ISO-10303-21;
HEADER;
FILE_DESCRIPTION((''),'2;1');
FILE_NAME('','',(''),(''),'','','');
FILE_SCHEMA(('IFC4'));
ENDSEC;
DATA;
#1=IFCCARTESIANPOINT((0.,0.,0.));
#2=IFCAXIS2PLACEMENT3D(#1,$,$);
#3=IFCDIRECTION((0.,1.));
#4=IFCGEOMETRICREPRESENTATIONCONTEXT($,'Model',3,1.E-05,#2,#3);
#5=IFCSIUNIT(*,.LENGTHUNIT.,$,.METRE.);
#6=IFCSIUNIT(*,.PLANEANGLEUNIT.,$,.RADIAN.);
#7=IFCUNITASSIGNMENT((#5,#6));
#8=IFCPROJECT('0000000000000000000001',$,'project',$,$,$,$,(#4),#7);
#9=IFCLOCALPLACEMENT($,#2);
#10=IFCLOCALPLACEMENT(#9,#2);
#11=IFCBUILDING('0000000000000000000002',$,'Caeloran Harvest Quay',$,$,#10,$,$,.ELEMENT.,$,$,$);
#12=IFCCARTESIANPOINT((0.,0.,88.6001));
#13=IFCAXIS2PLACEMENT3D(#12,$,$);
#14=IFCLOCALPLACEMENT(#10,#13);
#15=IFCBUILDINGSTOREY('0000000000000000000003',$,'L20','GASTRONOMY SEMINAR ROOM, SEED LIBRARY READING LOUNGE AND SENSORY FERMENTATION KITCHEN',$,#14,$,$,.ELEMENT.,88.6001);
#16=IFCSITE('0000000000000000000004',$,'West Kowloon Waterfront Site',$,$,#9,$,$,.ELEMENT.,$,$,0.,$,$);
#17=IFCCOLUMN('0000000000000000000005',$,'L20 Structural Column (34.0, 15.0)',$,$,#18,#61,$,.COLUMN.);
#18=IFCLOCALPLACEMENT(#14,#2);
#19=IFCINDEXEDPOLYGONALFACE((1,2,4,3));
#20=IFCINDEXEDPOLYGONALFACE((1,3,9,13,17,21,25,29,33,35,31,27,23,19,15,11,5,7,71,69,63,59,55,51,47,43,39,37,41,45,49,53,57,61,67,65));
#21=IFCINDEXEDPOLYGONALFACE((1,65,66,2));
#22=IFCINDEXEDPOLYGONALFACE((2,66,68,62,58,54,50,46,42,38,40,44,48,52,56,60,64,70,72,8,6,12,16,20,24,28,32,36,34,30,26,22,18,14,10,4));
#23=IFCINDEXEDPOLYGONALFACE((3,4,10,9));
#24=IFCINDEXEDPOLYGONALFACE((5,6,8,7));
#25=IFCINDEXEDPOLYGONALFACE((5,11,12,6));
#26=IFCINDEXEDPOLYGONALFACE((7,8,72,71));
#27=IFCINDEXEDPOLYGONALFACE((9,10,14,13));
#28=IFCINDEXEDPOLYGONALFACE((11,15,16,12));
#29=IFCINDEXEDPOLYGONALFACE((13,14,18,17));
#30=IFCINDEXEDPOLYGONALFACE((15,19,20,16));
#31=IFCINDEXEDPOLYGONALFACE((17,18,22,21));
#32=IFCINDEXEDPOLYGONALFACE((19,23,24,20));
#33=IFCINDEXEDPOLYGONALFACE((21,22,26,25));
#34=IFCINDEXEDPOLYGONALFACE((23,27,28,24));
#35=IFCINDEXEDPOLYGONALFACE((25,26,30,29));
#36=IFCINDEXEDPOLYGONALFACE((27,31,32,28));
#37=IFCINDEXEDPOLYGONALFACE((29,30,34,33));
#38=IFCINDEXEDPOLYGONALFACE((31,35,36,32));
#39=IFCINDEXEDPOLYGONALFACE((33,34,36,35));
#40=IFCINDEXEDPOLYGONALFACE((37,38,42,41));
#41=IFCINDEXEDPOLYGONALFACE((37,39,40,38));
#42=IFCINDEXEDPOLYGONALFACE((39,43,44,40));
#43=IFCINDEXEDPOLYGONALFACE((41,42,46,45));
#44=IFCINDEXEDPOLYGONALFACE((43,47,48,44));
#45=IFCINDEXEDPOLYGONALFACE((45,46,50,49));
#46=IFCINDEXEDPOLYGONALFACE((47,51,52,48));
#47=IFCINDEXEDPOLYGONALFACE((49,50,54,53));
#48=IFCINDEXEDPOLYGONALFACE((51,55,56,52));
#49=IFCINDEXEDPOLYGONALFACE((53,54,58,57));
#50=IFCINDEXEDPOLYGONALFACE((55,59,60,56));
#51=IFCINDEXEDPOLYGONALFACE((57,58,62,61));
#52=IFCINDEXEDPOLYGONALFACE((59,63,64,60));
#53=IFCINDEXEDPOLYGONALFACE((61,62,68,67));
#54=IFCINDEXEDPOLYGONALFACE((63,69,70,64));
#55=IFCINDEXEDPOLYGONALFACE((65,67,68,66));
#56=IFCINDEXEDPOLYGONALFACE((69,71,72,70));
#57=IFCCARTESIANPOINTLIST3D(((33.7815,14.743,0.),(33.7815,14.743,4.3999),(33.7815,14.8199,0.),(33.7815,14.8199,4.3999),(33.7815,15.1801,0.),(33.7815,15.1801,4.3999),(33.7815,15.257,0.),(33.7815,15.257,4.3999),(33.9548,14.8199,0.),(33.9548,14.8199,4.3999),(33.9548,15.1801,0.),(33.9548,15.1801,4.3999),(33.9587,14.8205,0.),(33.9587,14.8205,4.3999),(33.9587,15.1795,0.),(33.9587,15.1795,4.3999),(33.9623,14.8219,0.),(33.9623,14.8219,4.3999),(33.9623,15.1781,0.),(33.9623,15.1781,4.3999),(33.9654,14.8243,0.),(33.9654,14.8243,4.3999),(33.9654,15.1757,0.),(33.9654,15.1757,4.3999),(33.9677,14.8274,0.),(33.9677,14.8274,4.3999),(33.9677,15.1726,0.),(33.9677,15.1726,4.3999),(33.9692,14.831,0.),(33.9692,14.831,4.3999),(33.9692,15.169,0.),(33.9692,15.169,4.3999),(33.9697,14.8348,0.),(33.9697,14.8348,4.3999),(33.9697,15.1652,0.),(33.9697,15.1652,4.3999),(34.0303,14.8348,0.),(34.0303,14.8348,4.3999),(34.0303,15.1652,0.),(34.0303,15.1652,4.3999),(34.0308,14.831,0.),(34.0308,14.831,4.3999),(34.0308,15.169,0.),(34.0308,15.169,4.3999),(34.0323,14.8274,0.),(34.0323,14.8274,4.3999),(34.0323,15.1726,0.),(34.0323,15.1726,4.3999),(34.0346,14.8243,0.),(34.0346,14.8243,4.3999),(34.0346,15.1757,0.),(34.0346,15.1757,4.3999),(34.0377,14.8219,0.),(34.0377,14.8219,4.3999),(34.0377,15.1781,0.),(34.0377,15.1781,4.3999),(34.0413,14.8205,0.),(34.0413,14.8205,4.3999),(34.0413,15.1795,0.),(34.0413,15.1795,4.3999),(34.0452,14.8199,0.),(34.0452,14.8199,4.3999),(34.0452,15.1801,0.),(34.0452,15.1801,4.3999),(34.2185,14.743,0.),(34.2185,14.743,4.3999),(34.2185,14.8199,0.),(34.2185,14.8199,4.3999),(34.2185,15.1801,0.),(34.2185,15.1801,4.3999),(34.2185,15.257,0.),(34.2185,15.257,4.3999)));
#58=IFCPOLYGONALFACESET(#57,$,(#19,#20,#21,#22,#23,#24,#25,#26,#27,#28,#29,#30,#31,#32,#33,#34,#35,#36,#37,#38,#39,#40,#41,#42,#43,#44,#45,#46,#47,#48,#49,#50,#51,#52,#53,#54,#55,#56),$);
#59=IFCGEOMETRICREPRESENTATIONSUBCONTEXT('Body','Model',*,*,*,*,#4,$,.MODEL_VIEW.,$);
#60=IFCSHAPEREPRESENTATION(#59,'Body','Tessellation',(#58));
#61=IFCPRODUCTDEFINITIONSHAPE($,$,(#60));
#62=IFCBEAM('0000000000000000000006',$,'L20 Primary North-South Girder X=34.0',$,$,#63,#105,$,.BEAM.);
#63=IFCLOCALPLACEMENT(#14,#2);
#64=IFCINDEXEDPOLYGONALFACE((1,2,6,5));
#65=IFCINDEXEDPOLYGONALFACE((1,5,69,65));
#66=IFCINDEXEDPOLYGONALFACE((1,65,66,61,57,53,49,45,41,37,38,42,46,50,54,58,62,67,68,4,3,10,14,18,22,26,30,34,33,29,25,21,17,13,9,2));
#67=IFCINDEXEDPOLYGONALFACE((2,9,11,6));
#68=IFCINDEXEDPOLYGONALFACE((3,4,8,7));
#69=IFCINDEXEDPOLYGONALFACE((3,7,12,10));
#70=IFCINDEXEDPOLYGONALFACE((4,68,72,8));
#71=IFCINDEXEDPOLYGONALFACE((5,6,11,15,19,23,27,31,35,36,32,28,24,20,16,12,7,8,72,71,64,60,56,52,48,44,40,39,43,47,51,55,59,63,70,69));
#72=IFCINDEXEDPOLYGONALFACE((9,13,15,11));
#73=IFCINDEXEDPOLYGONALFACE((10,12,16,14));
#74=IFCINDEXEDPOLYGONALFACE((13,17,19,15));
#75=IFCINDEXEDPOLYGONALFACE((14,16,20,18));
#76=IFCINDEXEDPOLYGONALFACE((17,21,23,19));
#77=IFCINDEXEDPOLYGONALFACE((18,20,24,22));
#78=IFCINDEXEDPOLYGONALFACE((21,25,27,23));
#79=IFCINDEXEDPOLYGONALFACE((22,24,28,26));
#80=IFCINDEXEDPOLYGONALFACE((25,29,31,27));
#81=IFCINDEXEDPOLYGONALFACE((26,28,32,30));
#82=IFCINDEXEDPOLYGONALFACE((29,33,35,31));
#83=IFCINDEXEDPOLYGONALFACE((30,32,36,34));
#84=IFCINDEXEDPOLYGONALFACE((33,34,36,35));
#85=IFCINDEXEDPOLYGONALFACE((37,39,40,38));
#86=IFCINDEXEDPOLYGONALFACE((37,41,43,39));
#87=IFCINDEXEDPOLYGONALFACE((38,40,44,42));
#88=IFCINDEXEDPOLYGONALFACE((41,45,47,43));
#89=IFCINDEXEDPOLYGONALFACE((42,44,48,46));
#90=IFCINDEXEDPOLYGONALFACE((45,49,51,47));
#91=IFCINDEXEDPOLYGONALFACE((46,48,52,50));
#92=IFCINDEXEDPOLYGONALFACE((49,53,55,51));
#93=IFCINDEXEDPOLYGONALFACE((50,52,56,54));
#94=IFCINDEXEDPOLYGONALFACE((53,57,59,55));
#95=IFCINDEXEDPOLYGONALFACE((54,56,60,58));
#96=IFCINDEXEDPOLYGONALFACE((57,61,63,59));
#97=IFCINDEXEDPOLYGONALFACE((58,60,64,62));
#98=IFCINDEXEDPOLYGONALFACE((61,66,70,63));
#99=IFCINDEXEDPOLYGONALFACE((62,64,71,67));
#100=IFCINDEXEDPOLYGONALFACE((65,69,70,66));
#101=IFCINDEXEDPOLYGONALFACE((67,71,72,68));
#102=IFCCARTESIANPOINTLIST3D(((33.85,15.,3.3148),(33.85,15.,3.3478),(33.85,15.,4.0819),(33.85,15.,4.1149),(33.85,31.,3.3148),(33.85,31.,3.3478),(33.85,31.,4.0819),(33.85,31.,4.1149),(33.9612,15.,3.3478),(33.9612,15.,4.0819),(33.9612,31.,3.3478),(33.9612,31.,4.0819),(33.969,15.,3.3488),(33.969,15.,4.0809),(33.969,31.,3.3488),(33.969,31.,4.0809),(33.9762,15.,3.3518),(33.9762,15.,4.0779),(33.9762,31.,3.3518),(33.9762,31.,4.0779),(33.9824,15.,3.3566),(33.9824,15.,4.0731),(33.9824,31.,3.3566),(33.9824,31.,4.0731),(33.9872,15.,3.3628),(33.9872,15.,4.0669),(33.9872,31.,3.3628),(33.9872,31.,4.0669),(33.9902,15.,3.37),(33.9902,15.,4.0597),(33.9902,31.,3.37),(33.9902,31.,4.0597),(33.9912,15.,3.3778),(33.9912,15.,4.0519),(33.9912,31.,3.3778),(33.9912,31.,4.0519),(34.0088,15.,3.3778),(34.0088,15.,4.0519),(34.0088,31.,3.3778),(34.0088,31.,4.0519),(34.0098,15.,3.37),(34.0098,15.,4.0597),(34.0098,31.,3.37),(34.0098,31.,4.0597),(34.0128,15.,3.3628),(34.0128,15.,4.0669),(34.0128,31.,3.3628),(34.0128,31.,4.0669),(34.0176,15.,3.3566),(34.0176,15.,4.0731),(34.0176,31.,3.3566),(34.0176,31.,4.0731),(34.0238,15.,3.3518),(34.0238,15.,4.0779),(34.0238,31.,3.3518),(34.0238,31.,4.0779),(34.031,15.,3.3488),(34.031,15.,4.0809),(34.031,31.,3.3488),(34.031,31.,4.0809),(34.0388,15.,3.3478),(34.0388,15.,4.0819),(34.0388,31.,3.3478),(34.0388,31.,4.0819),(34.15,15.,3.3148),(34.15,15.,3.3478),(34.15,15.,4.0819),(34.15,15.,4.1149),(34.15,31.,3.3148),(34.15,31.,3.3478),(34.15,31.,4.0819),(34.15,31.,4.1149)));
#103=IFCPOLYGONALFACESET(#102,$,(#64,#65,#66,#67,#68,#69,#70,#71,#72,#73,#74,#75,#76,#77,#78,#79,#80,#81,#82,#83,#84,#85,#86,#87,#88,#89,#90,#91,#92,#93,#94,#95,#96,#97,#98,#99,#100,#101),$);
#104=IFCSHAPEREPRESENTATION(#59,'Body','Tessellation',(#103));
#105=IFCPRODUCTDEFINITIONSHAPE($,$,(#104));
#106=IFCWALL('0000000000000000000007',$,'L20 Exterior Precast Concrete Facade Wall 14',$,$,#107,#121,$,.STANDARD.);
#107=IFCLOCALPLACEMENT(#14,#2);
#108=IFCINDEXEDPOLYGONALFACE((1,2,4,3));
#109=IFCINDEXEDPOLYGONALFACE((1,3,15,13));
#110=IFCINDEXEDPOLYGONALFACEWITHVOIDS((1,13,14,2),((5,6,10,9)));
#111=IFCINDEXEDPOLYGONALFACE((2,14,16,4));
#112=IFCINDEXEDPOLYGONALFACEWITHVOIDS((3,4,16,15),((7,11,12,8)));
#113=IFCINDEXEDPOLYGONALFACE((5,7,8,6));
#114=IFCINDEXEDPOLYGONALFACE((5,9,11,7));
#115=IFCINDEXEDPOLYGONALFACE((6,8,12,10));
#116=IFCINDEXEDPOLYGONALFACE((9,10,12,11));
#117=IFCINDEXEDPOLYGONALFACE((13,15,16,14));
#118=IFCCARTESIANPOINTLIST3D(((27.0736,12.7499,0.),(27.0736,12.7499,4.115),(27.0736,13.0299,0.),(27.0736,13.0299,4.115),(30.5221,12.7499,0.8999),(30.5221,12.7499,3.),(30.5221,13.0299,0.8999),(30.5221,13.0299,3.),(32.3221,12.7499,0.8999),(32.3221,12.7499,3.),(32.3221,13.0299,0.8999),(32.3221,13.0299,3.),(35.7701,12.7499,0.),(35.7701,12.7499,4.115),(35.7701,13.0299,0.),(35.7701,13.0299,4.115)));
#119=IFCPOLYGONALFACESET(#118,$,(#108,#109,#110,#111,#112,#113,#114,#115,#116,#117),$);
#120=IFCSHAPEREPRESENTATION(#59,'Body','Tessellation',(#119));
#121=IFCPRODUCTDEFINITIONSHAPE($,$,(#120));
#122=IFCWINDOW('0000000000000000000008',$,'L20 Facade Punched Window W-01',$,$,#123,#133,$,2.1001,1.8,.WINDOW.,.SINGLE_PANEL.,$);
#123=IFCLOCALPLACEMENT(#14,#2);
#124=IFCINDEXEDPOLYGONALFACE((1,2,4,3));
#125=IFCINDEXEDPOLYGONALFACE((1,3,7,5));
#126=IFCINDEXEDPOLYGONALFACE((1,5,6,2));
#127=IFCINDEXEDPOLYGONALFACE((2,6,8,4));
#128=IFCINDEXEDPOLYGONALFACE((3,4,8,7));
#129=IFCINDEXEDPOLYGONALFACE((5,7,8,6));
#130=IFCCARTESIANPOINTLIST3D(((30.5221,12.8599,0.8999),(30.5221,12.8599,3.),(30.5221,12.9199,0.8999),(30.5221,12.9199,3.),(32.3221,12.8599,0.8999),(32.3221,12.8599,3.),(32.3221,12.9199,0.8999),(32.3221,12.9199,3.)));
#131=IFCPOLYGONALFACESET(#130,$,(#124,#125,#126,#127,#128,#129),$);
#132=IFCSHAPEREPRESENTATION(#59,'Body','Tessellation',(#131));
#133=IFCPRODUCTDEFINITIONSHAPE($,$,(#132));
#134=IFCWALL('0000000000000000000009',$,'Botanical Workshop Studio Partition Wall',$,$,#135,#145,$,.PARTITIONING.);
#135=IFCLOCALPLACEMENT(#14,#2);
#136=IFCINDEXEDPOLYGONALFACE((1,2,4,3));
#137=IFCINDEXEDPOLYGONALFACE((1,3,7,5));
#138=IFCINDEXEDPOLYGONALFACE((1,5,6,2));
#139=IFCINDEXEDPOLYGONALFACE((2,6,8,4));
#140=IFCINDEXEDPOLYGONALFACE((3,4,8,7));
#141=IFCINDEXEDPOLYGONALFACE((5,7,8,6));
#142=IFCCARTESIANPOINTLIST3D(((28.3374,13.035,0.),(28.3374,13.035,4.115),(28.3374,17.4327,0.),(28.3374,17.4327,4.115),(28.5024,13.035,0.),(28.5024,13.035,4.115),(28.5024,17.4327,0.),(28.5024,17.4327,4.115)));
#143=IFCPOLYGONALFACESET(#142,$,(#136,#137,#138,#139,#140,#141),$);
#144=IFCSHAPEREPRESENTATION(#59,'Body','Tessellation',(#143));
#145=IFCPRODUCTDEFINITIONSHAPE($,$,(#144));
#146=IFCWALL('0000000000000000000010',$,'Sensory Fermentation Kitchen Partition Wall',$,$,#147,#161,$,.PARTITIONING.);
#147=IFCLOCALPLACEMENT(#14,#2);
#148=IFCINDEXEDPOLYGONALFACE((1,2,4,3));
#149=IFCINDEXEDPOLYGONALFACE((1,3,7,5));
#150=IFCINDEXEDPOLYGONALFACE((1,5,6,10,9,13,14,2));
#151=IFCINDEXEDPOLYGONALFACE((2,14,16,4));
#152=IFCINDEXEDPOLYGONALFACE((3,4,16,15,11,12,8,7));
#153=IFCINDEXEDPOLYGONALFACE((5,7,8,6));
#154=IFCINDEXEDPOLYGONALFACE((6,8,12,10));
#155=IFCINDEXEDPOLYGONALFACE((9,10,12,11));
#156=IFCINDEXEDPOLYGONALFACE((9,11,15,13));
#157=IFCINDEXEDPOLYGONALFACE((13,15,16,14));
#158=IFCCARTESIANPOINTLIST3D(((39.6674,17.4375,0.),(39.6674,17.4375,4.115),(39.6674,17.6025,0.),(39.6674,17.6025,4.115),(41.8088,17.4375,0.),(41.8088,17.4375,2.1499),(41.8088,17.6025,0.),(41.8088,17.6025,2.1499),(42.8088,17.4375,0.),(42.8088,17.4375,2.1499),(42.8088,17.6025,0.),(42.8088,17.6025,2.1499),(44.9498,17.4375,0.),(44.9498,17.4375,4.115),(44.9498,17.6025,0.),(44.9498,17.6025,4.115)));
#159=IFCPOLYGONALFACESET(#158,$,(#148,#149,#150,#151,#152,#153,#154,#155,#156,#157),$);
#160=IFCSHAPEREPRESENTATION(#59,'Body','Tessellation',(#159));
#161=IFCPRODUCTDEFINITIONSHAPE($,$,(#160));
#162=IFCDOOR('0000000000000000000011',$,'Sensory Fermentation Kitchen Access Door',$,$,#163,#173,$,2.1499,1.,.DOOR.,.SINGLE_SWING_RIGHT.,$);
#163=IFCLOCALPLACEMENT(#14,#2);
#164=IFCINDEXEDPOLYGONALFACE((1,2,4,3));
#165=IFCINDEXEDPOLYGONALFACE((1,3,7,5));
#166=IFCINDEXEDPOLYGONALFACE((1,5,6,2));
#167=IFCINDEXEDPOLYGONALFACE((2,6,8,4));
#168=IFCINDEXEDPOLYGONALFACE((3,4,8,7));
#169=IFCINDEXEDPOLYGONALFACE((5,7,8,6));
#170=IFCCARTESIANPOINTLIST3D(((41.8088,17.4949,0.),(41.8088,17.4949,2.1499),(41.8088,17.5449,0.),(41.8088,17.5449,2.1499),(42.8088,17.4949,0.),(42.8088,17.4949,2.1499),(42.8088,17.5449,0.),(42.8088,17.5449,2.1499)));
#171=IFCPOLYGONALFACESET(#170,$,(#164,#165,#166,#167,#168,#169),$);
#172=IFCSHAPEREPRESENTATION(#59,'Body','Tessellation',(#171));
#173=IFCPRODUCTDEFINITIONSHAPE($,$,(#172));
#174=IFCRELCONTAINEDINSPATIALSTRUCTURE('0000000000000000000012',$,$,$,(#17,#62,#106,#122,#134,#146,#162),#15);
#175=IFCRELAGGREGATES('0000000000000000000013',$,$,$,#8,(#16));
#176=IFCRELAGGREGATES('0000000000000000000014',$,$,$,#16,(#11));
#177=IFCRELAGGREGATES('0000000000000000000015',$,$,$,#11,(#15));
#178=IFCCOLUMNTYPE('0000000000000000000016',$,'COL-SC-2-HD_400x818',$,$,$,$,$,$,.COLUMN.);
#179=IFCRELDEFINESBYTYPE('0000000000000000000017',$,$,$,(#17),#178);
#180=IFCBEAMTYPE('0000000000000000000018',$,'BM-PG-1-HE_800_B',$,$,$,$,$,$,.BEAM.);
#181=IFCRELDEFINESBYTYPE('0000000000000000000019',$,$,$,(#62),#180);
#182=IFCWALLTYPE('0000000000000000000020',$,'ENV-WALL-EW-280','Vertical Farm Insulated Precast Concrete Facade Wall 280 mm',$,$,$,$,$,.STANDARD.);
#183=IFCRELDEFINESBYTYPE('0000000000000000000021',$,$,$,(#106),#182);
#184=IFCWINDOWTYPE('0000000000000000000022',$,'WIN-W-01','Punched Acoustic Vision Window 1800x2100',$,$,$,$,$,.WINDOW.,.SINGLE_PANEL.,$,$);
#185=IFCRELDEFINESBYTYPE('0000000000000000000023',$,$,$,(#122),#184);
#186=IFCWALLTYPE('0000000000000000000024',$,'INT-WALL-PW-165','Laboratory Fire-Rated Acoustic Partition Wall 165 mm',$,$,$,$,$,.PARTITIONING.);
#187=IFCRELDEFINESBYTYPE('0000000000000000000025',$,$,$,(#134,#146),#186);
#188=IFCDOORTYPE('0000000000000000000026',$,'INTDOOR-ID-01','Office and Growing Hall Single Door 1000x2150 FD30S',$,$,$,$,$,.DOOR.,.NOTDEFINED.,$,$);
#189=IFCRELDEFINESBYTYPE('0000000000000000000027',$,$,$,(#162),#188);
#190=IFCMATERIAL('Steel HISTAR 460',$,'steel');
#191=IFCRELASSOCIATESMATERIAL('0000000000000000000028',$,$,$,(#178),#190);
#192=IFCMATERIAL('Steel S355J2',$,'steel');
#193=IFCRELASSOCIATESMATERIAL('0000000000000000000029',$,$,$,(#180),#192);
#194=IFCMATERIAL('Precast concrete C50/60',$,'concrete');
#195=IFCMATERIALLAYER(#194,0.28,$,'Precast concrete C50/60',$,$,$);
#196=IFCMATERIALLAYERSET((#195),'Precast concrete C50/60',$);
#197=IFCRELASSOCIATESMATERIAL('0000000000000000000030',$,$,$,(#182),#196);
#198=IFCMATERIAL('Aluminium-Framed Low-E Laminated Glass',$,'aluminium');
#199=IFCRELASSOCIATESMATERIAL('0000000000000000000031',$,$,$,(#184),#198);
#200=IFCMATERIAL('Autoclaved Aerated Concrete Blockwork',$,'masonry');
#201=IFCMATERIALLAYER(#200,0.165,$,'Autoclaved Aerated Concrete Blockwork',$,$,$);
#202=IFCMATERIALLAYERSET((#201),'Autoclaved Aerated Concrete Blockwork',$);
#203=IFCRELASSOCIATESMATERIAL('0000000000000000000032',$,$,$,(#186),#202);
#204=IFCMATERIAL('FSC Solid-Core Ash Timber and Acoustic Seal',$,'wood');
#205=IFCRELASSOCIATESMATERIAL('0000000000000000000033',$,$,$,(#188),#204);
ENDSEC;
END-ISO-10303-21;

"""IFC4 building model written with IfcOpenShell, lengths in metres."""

from ifc_helpers import new_model, si_unit, direction, frame, frame_2d, origin, origin_2d, place, context, subcontext, project, spatial, rectangle, i_section, extrude, material, layer, layer_set, material_profile, profile_set, type_object, element, fill, save


model = new_model("IFC4")

# Units and contexts
model_context = context("Model", 3, precision=1e-05, world=origin(), true_north=direction((0.0, 1.0)))
body_context = subcontext(model_context, "Body", "Model", "MODEL_VIEW")
ifc_project = project(units=[si_unit("LENGTHUNIT", "METRE"), si_unit("PLANEANGLEUNIT", "RADIAN")], contexts=[model_context])

# Site, building, storey
site_placement = place(None, origin())
site = spatial("IfcSite", under=ifc_project, at=site_placement, Name="West Kowloon Waterfront Site", CompositionType="ELEMENT", RefElevation=0.0)
building_placement = place(site_placement, origin())
building = spatial("IfcBuilding", under=site, at=building_placement, Name="Caeloran Harvest Quay", CompositionType="ELEMENT")
storey_placement = place(building_placement, frame((0.0, 0.0, 88.6001)))
storey = spatial("IfcBuildingStorey", under=building, at=storey_placement, Name="L20", Description="GASTRONOMY SEMINAR ROOM, SEED LIBRARY READING LOUNGE AND SENSORY FERMENTATION KITCHEN", CompositionType="ELEMENT", Elevation=88.6001)

# Column
ifc_material_1 = material(Name="Steel HISTAR 460", Category="steel")
ifc_material_profile_1 = material_profile(ifc_material_1, i_section(OverallWidth=0.437, OverallDepth=0.5139, WebThickness=0.0605, FlangeThickness=0.0769, FilletRadius=0.0149, at=origin_2d()), Name="HD 400x818")
ifc_profile_set_1 = profile_set([ifc_material_profile_1], Name="Steel HISTAR 460")
column_type = type_object("IfcColumnType", Name="COL-SC-2-HD_400x818", PredefinedType="COLUMN", material=ifc_profile_set_1)
column_placement = place(storey_placement, frame((34.0, 15.0, 0.0), z_axis=(0.0, 0.0, 1.0), x_axis=(1.0, 0.0, 0.0)))
element("IfcColumn", 1, at=column_placement, inside=storey, type_object=column_type, Name="L20 Structural Column (34.0, 15.0)", PredefinedType="COLUMN", context=body_context, shape_type="SweptSolid", body=[
    extrude(i_section(OverallWidth=0.437, OverallDepth=0.5139, WebThickness=0.0605, FlangeThickness=0.0769, FilletRadius=0.0149, at=origin_2d()), origin(), (0.0, 0.0, 1.0), 4.3999),
])

# Beam
ifc_material_2 = material(Name="Steel S355J2", Category="steel")
ifc_material_profile_2 = material_profile(ifc_material_2, i_section(OverallWidth=0.3, OverallDepth=0.8, WebThickness=0.0176, FlangeThickness=0.033, FilletRadius=0.03, at=origin_2d()), Name="HE 800 B")
ifc_profile_set_2 = profile_set([ifc_material_profile_2], Name="Steel S355J2")
beam_type = type_object("IfcBeamType", Name="BM-PG-1-HE_800_B", PredefinedType="BEAM", material=ifc_profile_set_2)
beam_placement = place(storey_placement, frame((34.0, 15.0, 3.7148), z_axis=(0.0, 1.0, 0.0), x_axis=(-1.0, 0.0, 0.0)))
element("IfcBeam", 2, at=beam_placement, inside=storey, type_object=beam_type, Name="L20 Primary North-South Girder X=34.0", PredefinedType="BEAM", context=body_context, shape_type="SweptSolid", body=[
    extrude(i_section(OverallWidth=0.3, OverallDepth=0.8, WebThickness=0.0176, FlangeThickness=0.033, FilletRadius=0.03, at=origin_2d()), origin(), (0.0, 0.0, 1.0), 16.0),
])

# Wall, opening, window
ifc_material_3 = material(Name="Precast concrete C50/60", Category="concrete")
ifc_layer_1 = layer(ifc_material_3, 0.28, Name="Precast concrete C50/60")
ifc_layer_set_1 = layer_set([ifc_layer_1], Name="Precast concrete C50/60")
wall_type_1 = type_object("IfcWallType", Name="ENV-WALL-EW-280", Description="Vertical Farm Insulated Precast Concrete Facade Wall 280 mm", PredefinedType="STANDARD", material=ifc_layer_set_1)
wall_1_placement = place(storey_placement, frame((35.77, 12.8899, 0.0), z_axis=(0.0, 0.0, 1.0), x_axis=(-1.0, 0.0, 0.0)))
wall_1 = element("IfcWall", 3, at=wall_1_placement, inside=storey, type_object=wall_type_1, Name="L20 Exterior Precast Concrete Facade Wall 14", PredefinedType="STANDARD", context=body_context, shape_type="SweptSolid", body=[
    extrude(rectangle(XDim=8.6965, YDim=0.28, at=frame_2d((4.3481, 0.0))), origin(), (0.0, 0.0, 1.0), 4.115),
])
opening_1_placement = place(wall_1_placement, frame((3.448, 0.0, 0.8999)))
opening_1 = element("IfcOpeningElement", 4, at=opening_1_placement, cuts=wall_1, PredefinedType="OPENING", context=body_context, shape_type="SweptSolid", body=[
    extrude(rectangle(XDim=1.8, YDim=2.1001, at=frame_2d((0.8999, 1.05))), frame((0.0, 0.1499, 0.0), z_axis=(0.0, -1.0, 0.0), x_axis=(1.0, 0.0, 0.0)), (0.0, 0.0, 1.0), 0.3),
])
ifc_material_4 = material(Name="Aluminium-Framed Low-E Laminated Glass", Category="aluminium")
window_type = type_object("IfcWindowType", Name="WIN-W-01", Description="Punched Acoustic Vision Window 1800x2100", PartitioningType="SINGLE_PANEL", PredefinedType="WINDOW", material=ifc_material_4)
window_placement = place(opening_1_placement, origin())
window = element("IfcWindow", 5, at=window_placement, inside=storey, type_object=window_type, Name="L20 Facade Punched Window W-01", OverallHeight=2.1001, OverallWidth=1.8, PartitioningType="SINGLE_PANEL", PredefinedType="WINDOW", context=body_context, shape_type="SweptSolid", body=[
    extrude(rectangle(XDim=1.8, YDim=2.1001, at=frame_2d((0.8999, 1.05))), frame((0.0, 0.03, 0.0), z_axis=(0.0, -1.0, 0.0), x_axis=(1.0, 0.0, 0.0)), (0.0, 0.0, 1.0), 0.0601),
])
fill(opening_1, window)

# Wall
ifc_material_5 = material(Name="Autoclaved Aerated Concrete Blockwork", Category="masonry")
ifc_layer_2 = layer(ifc_material_5, 0.165, Name="Autoclaved Aerated Concrete Blockwork")
ifc_layer_set_2 = layer_set([ifc_layer_2], Name="Autoclaved Aerated Concrete Blockwork")
wall_type_2 = type_object("IfcWallType", Name="INT-WALL-PW-165", Description="Laboratory Fire-Rated Acoustic Partition Wall 165 mm", PredefinedType="PARTITIONING", material=ifc_layer_set_2)
wall_2_placement = place(storey_placement, frame((28.4199, 17.4326, 0.0), z_axis=(0.0, 0.0, 1.0), x_axis=(0.0, -1.0, 0.0)))
element("IfcWall", 6, at=wall_2_placement, inside=storey, type_object=wall_type_2, Name="Botanical Workshop Studio Partition Wall", PredefinedType="PARTITIONING", context=body_context, shape_type="SweptSolid", body=[
    extrude(rectangle(XDim=4.3977, YDim=0.165, at=frame_2d((2.1987, 0.0))), origin(), (0.0, 0.0, 1.0), 4.115),
])

# Wall, opening, door
wall_3_placement = place(storey_placement, frame((39.6675, 17.52, 0.0), z_axis=(0.0, 0.0, 1.0), x_axis=(1.0, 0.0, 0.0)))
wall_3 = element("IfcWall", 7, at=wall_3_placement, inside=storey, type_object=wall_type_2, Name="Sensory Fermentation Kitchen Partition Wall", PredefinedType="PARTITIONING", context=body_context, shape_type="SweptSolid", body=[
    extrude(rectangle(XDim=5.2825, YDim=0.165, at=frame_2d((2.6411, 0.0))), origin(), (0.0, 0.0, 1.0), 4.115),
])
opening_2_placement = place(wall_3_placement, frame((2.1414, 0.0, 0.0)))
opening_2 = element("IfcOpeningElement", 8, at=opening_2_placement, cuts=wall_3, PredefinedType="OPENING", context=body_context, shape_type="SweptSolid", body=[
    extrude(rectangle(XDim=1.0, YDim=2.1499, at=frame_2d((0.5, 1.075))), frame((0.0, 0.0925, 0.0), z_axis=(0.0, -1.0, 0.0), x_axis=(1.0, 0.0, 0.0)), (0.0, 0.0, 1.0), 0.1851),
])
ifc_material_6 = material(Name="FSC Solid-Core Ash Timber and Acoustic Seal", Category="wood")
door_type_1 = type_object("IfcDoorType", Name="INTDOOR-ID-01", Description="Office and Growing Hall Single Door 1000x2150 FD30S", OperationType="NOTDEFINED", PredefinedType="DOOR", material=ifc_material_6)
door_1_placement = place(opening_2_placement, origin())
door_1 = element("IfcDoor", 9, at=door_1_placement, inside=storey, type_object=door_type_1, Name="Sensory Fermentation Kitchen Access Door", OperationType="SINGLE_SWING_RIGHT", OverallHeight=2.1499, OverallWidth=1.0, PredefinedType="DOOR", context=body_context, shape_type="SweptSolid", body=[
    extrude(rectangle(XDim=1.0, YDim=2.1499, at=frame_2d((0.5, 1.075))), frame((0.0, 0.0249, 0.0), z_axis=(0.0, -1.0, 0.0), x_axis=(1.0, 0.0, 0.0)), (0.0, 0.0, 1.0), 0.05),
])
fill(opening_2, door_1)

save(model, "model.ifc")
